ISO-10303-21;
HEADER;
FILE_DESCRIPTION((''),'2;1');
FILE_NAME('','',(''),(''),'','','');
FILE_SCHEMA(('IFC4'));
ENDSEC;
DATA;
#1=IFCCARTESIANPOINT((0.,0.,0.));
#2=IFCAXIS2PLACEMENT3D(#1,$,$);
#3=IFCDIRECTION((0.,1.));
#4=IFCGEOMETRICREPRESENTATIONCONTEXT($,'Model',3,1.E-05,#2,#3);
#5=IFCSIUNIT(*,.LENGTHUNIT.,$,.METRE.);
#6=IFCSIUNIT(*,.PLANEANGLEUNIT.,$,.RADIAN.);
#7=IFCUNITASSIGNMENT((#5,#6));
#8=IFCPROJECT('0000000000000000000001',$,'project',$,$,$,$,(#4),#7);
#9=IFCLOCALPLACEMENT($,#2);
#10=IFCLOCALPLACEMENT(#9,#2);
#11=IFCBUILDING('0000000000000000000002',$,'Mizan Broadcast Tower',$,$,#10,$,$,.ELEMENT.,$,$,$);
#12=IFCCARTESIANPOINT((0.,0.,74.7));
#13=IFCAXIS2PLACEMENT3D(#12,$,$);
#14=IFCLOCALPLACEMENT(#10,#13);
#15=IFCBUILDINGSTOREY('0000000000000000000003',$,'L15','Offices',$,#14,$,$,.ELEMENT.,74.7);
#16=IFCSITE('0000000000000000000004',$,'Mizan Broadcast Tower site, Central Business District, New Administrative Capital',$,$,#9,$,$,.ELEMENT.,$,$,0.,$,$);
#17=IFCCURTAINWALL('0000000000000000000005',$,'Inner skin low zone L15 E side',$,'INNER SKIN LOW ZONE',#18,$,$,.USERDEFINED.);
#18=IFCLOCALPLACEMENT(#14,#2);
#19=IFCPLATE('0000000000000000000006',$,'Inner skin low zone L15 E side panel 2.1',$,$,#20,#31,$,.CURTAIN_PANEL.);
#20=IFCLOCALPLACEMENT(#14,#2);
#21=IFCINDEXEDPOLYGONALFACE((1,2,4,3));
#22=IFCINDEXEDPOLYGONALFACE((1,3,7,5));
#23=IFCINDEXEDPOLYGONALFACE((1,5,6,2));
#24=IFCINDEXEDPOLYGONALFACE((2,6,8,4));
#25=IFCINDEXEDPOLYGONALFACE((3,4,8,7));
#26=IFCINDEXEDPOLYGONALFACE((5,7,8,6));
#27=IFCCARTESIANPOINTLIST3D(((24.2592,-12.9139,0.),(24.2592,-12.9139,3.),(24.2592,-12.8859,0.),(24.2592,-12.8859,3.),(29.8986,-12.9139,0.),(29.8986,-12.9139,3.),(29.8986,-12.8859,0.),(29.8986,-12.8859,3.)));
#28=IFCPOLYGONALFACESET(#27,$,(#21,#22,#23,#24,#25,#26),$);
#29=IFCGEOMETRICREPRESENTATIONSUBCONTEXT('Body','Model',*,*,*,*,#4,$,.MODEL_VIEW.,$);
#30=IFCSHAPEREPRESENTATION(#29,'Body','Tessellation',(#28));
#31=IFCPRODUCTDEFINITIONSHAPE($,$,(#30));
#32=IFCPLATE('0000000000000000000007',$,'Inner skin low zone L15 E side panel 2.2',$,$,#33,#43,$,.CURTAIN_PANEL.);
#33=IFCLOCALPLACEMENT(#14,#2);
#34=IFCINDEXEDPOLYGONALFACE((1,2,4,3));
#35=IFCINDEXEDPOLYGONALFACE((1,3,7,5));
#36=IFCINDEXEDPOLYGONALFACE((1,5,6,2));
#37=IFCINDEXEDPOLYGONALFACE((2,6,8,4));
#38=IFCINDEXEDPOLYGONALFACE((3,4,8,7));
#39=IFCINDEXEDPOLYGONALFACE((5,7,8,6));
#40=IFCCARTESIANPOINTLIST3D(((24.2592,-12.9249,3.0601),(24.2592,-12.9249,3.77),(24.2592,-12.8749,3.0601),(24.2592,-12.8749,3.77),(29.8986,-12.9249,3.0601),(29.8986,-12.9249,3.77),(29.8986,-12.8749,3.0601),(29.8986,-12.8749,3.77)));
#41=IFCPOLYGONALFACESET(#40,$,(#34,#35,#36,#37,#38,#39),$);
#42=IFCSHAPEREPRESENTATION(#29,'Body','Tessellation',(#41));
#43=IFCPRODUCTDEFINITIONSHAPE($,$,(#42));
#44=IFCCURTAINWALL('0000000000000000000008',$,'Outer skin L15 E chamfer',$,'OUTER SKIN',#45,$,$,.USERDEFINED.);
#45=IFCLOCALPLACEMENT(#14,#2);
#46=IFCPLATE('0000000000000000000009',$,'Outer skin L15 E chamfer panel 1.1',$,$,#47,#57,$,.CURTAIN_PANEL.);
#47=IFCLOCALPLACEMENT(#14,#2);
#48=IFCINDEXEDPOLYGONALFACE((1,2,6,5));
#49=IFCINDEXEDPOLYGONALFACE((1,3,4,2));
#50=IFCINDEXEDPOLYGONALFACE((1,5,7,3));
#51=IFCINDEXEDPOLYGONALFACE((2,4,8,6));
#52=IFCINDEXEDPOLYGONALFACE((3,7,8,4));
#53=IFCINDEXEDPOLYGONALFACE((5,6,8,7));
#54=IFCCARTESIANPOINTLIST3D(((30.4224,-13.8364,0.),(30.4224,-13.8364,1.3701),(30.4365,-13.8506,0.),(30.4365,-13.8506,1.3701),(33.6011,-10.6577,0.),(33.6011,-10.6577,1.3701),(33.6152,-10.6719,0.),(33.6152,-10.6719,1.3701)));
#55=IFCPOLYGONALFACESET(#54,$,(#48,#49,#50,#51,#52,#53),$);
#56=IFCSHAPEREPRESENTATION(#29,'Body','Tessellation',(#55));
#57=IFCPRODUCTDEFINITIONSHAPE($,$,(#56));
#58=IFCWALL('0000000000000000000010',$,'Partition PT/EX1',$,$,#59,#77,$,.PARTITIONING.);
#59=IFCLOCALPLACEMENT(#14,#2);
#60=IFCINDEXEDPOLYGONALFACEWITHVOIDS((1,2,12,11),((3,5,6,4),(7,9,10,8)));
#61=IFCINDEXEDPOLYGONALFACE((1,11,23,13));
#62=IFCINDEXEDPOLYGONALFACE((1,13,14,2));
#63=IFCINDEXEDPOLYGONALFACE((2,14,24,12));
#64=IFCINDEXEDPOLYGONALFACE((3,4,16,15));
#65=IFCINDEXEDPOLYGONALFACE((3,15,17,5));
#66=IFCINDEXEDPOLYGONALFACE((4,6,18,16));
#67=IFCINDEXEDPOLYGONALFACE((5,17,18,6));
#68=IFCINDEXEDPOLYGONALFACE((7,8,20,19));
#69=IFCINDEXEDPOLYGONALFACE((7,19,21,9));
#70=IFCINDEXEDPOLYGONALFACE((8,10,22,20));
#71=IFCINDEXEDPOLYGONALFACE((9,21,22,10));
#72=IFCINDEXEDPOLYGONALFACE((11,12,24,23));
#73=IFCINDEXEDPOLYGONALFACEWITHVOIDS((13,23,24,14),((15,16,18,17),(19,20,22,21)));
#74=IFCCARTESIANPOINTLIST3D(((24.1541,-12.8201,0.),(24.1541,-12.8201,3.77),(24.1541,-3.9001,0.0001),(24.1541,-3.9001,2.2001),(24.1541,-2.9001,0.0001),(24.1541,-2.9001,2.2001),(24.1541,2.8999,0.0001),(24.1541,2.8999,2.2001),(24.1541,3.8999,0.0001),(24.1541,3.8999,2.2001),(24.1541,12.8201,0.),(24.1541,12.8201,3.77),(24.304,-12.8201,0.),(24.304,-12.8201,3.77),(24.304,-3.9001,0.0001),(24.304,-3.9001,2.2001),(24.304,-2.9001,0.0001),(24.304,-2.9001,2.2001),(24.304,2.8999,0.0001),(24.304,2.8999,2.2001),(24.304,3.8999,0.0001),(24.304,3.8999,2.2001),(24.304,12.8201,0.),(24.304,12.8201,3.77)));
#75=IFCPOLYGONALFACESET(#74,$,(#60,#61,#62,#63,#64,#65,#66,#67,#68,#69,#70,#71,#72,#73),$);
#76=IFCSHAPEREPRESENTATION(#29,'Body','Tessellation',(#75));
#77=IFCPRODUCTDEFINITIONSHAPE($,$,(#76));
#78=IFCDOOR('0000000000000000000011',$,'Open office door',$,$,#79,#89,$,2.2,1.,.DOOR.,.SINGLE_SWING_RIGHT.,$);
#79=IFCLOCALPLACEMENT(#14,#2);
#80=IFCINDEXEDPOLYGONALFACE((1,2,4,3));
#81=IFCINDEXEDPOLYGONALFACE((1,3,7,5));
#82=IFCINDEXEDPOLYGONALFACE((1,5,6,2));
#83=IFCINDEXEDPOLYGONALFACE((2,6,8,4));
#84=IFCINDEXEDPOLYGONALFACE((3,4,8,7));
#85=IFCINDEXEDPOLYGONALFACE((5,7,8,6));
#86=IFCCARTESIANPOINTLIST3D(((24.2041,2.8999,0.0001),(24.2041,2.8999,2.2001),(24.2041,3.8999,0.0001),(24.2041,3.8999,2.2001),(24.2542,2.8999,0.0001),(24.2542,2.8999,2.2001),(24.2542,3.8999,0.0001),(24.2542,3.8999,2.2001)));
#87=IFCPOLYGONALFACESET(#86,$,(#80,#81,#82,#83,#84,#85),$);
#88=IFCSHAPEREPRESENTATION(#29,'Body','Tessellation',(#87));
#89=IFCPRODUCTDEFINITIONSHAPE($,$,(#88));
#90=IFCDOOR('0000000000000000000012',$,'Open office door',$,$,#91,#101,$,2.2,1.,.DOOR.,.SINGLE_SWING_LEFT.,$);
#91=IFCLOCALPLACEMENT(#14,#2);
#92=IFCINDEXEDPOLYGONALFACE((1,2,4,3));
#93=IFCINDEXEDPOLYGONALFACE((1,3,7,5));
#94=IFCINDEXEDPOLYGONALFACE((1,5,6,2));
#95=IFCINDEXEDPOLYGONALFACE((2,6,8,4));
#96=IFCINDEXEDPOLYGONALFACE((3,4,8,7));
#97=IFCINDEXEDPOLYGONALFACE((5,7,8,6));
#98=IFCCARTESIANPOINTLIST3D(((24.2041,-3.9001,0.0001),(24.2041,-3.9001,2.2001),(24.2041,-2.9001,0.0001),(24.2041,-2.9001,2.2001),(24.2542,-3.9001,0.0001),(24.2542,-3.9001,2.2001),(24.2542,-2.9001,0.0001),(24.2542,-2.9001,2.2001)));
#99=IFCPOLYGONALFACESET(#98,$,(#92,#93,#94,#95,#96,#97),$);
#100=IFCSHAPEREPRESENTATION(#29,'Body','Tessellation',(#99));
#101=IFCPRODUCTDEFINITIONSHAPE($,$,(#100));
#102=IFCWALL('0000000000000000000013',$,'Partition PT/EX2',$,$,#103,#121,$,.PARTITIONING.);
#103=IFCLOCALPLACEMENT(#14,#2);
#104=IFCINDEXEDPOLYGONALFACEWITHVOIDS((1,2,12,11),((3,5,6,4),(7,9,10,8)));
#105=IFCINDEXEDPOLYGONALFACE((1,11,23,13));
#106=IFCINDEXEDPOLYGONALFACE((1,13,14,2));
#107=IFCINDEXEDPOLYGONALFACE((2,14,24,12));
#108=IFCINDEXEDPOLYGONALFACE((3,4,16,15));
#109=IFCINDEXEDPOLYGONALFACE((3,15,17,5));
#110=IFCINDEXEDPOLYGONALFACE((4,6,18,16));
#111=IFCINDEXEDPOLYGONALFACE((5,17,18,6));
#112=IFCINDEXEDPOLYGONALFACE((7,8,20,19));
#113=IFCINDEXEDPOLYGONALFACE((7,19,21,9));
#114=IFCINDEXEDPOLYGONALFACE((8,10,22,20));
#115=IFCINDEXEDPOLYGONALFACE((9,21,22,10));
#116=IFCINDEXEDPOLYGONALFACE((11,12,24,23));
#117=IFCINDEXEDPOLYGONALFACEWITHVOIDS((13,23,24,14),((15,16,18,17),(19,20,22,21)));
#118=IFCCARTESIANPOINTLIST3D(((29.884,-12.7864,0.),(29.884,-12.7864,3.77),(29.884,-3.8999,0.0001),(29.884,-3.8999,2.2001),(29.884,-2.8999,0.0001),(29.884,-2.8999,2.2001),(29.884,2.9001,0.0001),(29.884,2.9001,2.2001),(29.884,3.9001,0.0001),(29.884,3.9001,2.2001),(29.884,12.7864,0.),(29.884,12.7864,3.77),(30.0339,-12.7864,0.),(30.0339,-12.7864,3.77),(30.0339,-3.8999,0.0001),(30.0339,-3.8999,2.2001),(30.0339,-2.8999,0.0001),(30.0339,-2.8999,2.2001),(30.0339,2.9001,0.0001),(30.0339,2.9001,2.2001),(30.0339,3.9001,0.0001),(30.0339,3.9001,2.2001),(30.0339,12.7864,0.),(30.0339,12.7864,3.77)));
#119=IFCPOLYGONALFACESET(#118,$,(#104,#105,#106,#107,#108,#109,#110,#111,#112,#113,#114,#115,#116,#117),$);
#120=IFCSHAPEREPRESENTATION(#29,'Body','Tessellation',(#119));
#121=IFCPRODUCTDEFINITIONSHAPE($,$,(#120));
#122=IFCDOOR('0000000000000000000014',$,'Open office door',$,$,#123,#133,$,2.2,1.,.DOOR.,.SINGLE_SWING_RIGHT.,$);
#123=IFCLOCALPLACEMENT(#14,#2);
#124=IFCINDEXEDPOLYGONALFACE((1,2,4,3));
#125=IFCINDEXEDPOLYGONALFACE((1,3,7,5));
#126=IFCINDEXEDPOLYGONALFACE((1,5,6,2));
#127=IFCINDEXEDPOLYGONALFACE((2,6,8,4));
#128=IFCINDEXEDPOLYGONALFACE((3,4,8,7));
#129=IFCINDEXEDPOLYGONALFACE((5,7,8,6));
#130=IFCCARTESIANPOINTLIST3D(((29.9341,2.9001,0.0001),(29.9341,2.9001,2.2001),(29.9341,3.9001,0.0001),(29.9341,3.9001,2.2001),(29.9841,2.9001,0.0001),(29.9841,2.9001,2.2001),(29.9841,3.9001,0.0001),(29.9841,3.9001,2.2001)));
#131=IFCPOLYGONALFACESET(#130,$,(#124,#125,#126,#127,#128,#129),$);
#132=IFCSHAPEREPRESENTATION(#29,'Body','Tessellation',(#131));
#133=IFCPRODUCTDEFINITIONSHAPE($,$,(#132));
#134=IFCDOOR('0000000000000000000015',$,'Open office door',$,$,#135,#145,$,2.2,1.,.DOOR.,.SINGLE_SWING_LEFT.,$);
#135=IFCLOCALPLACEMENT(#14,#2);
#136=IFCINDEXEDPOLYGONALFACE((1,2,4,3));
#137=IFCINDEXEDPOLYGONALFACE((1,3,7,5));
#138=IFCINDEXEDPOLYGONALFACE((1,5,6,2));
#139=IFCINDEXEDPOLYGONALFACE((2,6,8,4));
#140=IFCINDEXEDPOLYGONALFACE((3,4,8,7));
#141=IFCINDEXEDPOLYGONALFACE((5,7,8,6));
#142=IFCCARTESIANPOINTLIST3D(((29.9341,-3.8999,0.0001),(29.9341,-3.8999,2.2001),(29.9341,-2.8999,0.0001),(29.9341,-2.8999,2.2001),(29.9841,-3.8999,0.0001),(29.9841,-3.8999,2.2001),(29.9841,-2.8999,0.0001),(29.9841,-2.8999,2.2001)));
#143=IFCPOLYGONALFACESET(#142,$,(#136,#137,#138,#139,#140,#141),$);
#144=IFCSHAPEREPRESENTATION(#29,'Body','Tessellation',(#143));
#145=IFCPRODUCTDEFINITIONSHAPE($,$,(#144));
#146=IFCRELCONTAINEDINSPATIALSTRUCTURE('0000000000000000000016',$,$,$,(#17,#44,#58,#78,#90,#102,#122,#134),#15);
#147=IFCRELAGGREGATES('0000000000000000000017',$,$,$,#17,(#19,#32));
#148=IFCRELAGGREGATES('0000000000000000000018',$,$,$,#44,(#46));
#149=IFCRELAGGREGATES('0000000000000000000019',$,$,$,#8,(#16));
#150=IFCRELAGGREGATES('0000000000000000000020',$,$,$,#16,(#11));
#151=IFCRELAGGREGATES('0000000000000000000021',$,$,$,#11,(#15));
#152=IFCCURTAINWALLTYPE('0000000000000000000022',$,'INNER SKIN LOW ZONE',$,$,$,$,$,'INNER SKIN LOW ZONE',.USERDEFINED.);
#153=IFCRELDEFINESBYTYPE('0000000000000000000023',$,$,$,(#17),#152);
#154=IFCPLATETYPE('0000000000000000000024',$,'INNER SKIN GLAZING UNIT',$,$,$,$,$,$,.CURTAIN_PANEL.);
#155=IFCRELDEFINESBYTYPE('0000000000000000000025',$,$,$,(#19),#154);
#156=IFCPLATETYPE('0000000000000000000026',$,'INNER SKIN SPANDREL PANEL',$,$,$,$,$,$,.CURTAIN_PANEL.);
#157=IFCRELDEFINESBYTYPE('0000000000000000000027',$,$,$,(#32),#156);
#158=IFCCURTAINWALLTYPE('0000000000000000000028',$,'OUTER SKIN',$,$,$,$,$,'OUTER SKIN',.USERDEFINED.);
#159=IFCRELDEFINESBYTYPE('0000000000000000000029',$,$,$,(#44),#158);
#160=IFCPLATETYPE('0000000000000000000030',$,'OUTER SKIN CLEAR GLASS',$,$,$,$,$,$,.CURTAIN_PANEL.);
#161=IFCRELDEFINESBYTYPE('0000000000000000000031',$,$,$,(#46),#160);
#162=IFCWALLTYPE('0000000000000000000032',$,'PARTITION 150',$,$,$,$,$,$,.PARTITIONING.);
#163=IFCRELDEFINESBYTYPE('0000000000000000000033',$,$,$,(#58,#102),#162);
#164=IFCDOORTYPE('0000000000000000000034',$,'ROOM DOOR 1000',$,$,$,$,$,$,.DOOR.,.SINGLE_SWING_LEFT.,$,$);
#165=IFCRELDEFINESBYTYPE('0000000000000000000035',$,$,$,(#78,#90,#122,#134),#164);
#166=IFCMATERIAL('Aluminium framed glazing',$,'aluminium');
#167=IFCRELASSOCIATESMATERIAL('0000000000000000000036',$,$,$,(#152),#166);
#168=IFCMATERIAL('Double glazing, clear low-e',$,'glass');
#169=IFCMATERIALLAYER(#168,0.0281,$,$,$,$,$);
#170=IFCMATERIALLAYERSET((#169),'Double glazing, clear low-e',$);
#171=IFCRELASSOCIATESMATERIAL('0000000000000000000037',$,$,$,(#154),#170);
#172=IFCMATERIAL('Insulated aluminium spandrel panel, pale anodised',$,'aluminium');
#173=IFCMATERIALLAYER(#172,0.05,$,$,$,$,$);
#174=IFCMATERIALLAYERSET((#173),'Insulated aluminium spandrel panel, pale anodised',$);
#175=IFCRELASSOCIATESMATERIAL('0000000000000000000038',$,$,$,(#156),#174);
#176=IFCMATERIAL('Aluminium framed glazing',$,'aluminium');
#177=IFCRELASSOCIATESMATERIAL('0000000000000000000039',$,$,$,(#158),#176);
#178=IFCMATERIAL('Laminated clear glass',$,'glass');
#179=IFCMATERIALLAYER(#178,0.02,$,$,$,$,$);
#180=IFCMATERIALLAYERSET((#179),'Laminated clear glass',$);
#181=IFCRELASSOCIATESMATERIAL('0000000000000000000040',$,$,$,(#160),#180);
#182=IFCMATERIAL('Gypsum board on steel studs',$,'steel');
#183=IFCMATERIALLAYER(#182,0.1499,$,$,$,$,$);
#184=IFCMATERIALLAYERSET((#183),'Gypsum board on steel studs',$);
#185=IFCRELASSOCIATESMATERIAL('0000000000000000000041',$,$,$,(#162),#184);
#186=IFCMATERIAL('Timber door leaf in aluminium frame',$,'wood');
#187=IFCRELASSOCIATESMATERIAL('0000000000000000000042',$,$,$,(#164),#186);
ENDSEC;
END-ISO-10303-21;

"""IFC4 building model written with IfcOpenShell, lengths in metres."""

from ifc_helpers import new_model, si_unit, direction, frame, frame_2d, origin, origin_2d, place, context, subcontext, project, spatial, rectangle, extrude, material, layer, layer_set, type_object, element, fill, aggregate, save


model = new_model("IFC4")

# Units and contexts
model_context = context("Model", 3, precision=1e-05, world=origin(), true_north=direction((0.0, 1.0)))
body_context = subcontext(model_context, "Body", "Model", "MODEL_VIEW")
ifc_project = project(units=[si_unit("LENGTHUNIT", "METRE"), si_unit("PLANEANGLEUNIT", "RADIAN")], contexts=[model_context])

# Site, building, storey
site_placement = place(None, origin())
site = spatial("IfcSite", under=ifc_project, at=site_placement, Name="Mizan Broadcast Tower site, Central Business District, New Administrative Capital", CompositionType="ELEMENT", RefElevation=0.0)
building_placement = place(site_placement, origin())
building = spatial("IfcBuilding", under=site, at=building_placement, Name="Mizan Broadcast Tower", CompositionType="ELEMENT")
storey_placement = place(building_placement, frame((0.0, 0.0, 74.7)))
storey = spatial("IfcBuildingStorey", under=building, at=storey_placement, Name="L15", Description="Offices", CompositionType="ELEMENT", Elevation=74.7)

# Curtain wall
ifc_material_1 = material(Name="Aluminium framed glazing", Category="aluminium")
curtain_wall_type_1 = type_object("IfcCurtainWallType", Name="INNER SKIN LOW ZONE", ElementType="INNER SKIN LOW ZONE", PredefinedType="USERDEFINED", material=ifc_material_1)
curtain_wall_1_placement = place(storey_placement, origin())
curtain_wall_1 = element("IfcCurtainWall", 1, at=curtain_wall_1_placement, inside=storey, type_object=curtain_wall_type_1, Name="Inner skin low zone L15 E side", ObjectType="INNER SKIN LOW ZONE", PredefinedType="USERDEFINED")

# Plates
ifc_material_2 = material(Name="Double glazing, clear low-e", Category="glass")
ifc_layer_1 = layer(ifc_material_2, 0.0281)
ifc_layer_set_1 = layer_set([ifc_layer_1], Name="Double glazing, clear low-e")
plate_type_1 = type_object("IfcPlateType", Name="INNER SKIN GLAZING UNIT", PredefinedType="CURTAIN_PANEL", material=ifc_layer_set_1)
plate_1_placement = place(storey_placement, frame((27.0789, -12.8999, 0.0), z_axis=(0.0, 0.0, 1.0), x_axis=(1.0, 0.0, 0.0)))
plate_1 = element("IfcPlate", 2, at=plate_1_placement, type_object=plate_type_1, Name="Inner skin low zone L15 E side panel 2.1", PredefinedType="CURTAIN_PANEL", context=body_context, shape_type="SweptSolid", body=[
    extrude(rectangle(XDim=5.6394, YDim=0.0281, at=origin_2d()), origin(), (0.0, 0.0, 1.0), 3.0),
])
ifc_material_3 = material(Name="Insulated aluminium spandrel panel, pale anodised", Category="aluminium")
ifc_layer_2 = layer(ifc_material_3, 0.05)
ifc_layer_set_2 = layer_set([ifc_layer_2], Name="Insulated aluminium spandrel panel, pale anodised")
plate_type_2 = type_object("IfcPlateType", Name="INNER SKIN SPANDREL PANEL", PredefinedType="CURTAIN_PANEL", material=ifc_layer_set_2)
plate_2_placement = place(storey_placement, frame((27.0789, -12.8999, 3.0601), z_axis=(0.0, 0.0, 1.0), x_axis=(1.0, 0.0, 0.0)))
plate_2 = element("IfcPlate", 3, at=plate_2_placement, type_object=plate_type_2, Name="Inner skin low zone L15 E side panel 2.2", PredefinedType="CURTAIN_PANEL", context=body_context, shape_type="SweptSolid", body=[
    extrude(rectangle(XDim=5.6394, YDim=0.05, at=origin_2d()), origin(), (0.0, 0.0, 1.0), 0.71),
])
aggregate(curtain_wall_1, [plate_1, plate_2])

# Curtain wall, plate
ifc_material_4 = material(Name="Aluminium framed glazing", Category="aluminium")
curtain_wall_type_2 = type_object("IfcCurtainWallType", Name="OUTER SKIN", ElementType="OUTER SKIN", PredefinedType="USERDEFINED", material=ifc_material_4)
curtain_wall_2_placement = place(storey_placement, origin())
curtain_wall_2 = element("IfcCurtainWall", 4, at=curtain_wall_2_placement, inside=storey, type_object=curtain_wall_type_2, Name="Outer skin L15 E chamfer", ObjectType="OUTER SKIN", PredefinedType="USERDEFINED")
ifc_material_5 = material(Name="Laminated clear glass", Category="glass")
ifc_layer_3 = layer(ifc_material_5, 0.02)
ifc_layer_set_3 = layer_set([ifc_layer_3], Name="Laminated clear glass")
plate_type_3 = type_object("IfcPlateType", Name="OUTER SKIN CLEAR GLASS", PredefinedType="CURTAIN_PANEL", material=ifc_layer_set_3)
plate_3_placement = place(storey_placement, frame((32.0188, -12.2542, 0.0), z_axis=(0.0, 0.0, 1.0), x_axis=(0.707107, 0.707107, 0.0)))
plate_3 = element("IfcPlate", 5, at=plate_3_placement, type_object=plate_type_3, Name="Outer skin L15 E chamfer panel 1.1", PredefinedType="CURTAIN_PANEL", context=body_context, shape_type="SweptSolid", body=[
    extrude(rectangle(XDim=4.4954, YDim=0.02, at=origin_2d()), origin(), (0.0, 0.0, 1.0), 1.3701),
])
aggregate(curtain_wall_2, [plate_3])

# Walls, openings, doors
ifc_material_6 = material(Name="Gypsum board on steel studs", Category="steel")
ifc_layer_4 = layer(ifc_material_6, 0.1499)
ifc_layer_set_4 = layer_set([ifc_layer_4], Name="Gypsum board on steel studs")
wall_type = type_object("IfcWallType", Name="PARTITION 150", PredefinedType="PARTITIONING", material=ifc_layer_set_4)
wall_1_placement = place(storey_placement, frame((24.229, -12.8201, 0.0), z_axis=(0.0, 0.0, 1.0), x_axis=(0.0, 1.0, 0.0)))
wall_1 = element("IfcWall", 6, at=wall_1_placement, inside=storey, type_object=wall_type, Name="Partition PT/EX1", PredefinedType="PARTITIONING", context=body_context, shape_type="SweptSolid", body=[
    extrude(rectangle(XDim=25.6401, YDim=0.1499, at=frame_2d((12.8201, 0.0))), origin(), (0.0, 0.0, 1.0), 3.77),
])
opening_1_placement = place(wall_1_placement, frame((15.72, 0.0, 0.0)))
opening_1 = element("IfcOpeningElement", 7, at=opening_1_placement, cuts=wall_1, PredefinedType="OPENING", context=body_context, shape_type="SweptSolid", body=[
    extrude(rectangle(XDim=1.0, YDim=2.2, at=frame_2d((0.5, 1.1001))), frame((0.0, 0.085, 0.0), z_axis=(0.0, -1.0, 0.0), x_axis=(1.0, 0.0, 0.0)), (0.0, 0.0, 1.0), 0.1699),
])
opening_2_placement = place(wall_1_placement, frame((8.9199, 0.0, 0.0)))
opening_2 = element("IfcOpeningElement", 8, at=opening_2_placement, cuts=wall_1, PredefinedType="OPENING", context=body_context, shape_type="SweptSolid", body=[
    extrude(rectangle(XDim=1.0, YDim=2.2, at=frame_2d((0.5, 1.1001))), frame((0.0, 0.085, 0.0), z_axis=(0.0, -1.0, 0.0), x_axis=(1.0, 0.0, 0.0)), (0.0, 0.0, 1.0), 0.1699),
])
ifc_material_7 = material(Name="Timber door leaf in aluminium frame", Category="wood")
door_type = type_object("IfcDoorType", Name="ROOM DOOR 1000", OperationType="SINGLE_SWING_LEFT", PredefinedType="DOOR", material=ifc_material_7)
door_1_placement = place(opening_1_placement, origin())
door_1 = element("IfcDoor", 9, at=door_1_placement, inside=storey, type_object=door_type, Name="Open office door", OperationType="SINGLE_SWING_RIGHT", OverallHeight=2.2, OverallWidth=1.0, PredefinedType="DOOR", context=body_context, shape_type="SweptSolid", body=[
    extrude(rectangle(XDim=1.0, YDim=2.2, at=frame_2d((0.5, 1.1001))), frame((0.0, 0.0249, 0.0), z_axis=(0.0, -1.0, 0.0), x_axis=(1.0, 0.0, 0.0)), (0.0, 0.0, 1.0), 0.05),
])
fill(opening_1, door_1)
door_2_placement = place(opening_2_placement, origin())
door_2 = element("IfcDoor", 10, at=door_2_placement, inside=storey, type_object=door_type, Name="Open office door", OperationType="SINGLE_SWING_LEFT", OverallHeight=2.2, OverallWidth=1.0, PredefinedType="DOOR", context=body_context, shape_type="SweptSolid", body=[
    extrude(rectangle(XDim=1.0, YDim=2.2, at=frame_2d((0.5, 1.1001))), frame((0.0, 0.0249, 0.0), z_axis=(0.0, -1.0, 0.0), x_axis=(1.0, 0.0, 0.0)), (0.0, 0.0, 1.0), 0.05),
])
fill(opening_2, door_2)
wall_2_placement = place(storey_placement, frame((29.959, -12.7864, 0.0), z_axis=(0.0, 0.0, 1.0), x_axis=(0.0, 1.0, 0.0)))
wall_2 = element("IfcWall", 11, at=wall_2_placement, inside=storey, type_object=wall_type, Name="Partition PT/EX2", PredefinedType="PARTITIONING", context=body_context, shape_type="SweptSolid", body=[
    extrude(rectangle(XDim=25.5728, YDim=0.1499, at=frame_2d((12.7864, 0.0))), origin(), (0.0, 0.0, 1.0), 3.77),
])
opening_3_placement = place(wall_2_placement, frame((15.6865, 0.0, 0.0)))
opening_3 = element("IfcOpeningElement", 12, at=opening_3_placement, cuts=wall_2, PredefinedType="OPENING", context=body_context, shape_type="SweptSolid", body=[
    extrude(rectangle(XDim=1.0, YDim=2.2, at=frame_2d((0.5, 1.1001))), frame((0.0, 0.085, 0.0), z_axis=(0.0, -1.0, 0.0), x_axis=(1.0, 0.0, 0.0)), (0.0, 0.0, 1.0), 0.1699),
])
opening_4_placement = place(wall_2_placement, frame((8.8865, 0.0, 0.0)))
opening_4 = element("IfcOpeningElement", 13, at=opening_4_placement, cuts=wall_2, PredefinedType="OPENING", context=body_context, shape_type="SweptSolid", body=[
    extrude(rectangle(XDim=1.0, YDim=2.2, at=frame_2d((0.5, 1.1001))), frame((0.0, 0.085, 0.0), z_axis=(0.0, -1.0, 0.0), x_axis=(1.0, 0.0, 0.0)), (0.0, 0.0, 1.0), 0.1699),
])
door_3_placement = place(opening_3_placement, origin())
door_3 = element("IfcDoor", 14, at=door_3_placement, inside=storey, type_object=door_type, Name="Open office door", OperationType="SINGLE_SWING_RIGHT", OverallHeight=2.2, OverallWidth=1.0, PredefinedType="DOOR", context=body_context, shape_type="SweptSolid", body=[
    extrude(rectangle(XDim=1.0, YDim=2.2, at=frame_2d((0.5, 1.1001))), frame((0.0, 0.0249, 0.0), z_axis=(0.0, -1.0, 0.0), x_axis=(1.0, 0.0, 0.0)), (0.0, 0.0, 1.0), 0.05),
])
fill(opening_3, door_3)
door_4_placement = place(opening_4_placement, origin())
door_4 = element("IfcDoor", 15, at=door_4_placement, inside=storey, type_object=door_type, Name="Open office door", OperationType="SINGLE_SWING_LEFT", OverallHeight=2.2, OverallWidth=1.0, PredefinedType="DOOR", context=body_context, shape_type="SweptSolid", body=[
    extrude(rectangle(XDim=1.0, YDim=2.2, at=frame_2d((0.5, 1.1001))), frame((0.0, 0.0249, 0.0), z_axis=(0.0, -1.0, 0.0), x_axis=(1.0, 0.0, 0.0)), (0.0, 0.0, 1.0), 0.05),
])
fill(opening_4, door_4)

save(model, "model.ifc")
